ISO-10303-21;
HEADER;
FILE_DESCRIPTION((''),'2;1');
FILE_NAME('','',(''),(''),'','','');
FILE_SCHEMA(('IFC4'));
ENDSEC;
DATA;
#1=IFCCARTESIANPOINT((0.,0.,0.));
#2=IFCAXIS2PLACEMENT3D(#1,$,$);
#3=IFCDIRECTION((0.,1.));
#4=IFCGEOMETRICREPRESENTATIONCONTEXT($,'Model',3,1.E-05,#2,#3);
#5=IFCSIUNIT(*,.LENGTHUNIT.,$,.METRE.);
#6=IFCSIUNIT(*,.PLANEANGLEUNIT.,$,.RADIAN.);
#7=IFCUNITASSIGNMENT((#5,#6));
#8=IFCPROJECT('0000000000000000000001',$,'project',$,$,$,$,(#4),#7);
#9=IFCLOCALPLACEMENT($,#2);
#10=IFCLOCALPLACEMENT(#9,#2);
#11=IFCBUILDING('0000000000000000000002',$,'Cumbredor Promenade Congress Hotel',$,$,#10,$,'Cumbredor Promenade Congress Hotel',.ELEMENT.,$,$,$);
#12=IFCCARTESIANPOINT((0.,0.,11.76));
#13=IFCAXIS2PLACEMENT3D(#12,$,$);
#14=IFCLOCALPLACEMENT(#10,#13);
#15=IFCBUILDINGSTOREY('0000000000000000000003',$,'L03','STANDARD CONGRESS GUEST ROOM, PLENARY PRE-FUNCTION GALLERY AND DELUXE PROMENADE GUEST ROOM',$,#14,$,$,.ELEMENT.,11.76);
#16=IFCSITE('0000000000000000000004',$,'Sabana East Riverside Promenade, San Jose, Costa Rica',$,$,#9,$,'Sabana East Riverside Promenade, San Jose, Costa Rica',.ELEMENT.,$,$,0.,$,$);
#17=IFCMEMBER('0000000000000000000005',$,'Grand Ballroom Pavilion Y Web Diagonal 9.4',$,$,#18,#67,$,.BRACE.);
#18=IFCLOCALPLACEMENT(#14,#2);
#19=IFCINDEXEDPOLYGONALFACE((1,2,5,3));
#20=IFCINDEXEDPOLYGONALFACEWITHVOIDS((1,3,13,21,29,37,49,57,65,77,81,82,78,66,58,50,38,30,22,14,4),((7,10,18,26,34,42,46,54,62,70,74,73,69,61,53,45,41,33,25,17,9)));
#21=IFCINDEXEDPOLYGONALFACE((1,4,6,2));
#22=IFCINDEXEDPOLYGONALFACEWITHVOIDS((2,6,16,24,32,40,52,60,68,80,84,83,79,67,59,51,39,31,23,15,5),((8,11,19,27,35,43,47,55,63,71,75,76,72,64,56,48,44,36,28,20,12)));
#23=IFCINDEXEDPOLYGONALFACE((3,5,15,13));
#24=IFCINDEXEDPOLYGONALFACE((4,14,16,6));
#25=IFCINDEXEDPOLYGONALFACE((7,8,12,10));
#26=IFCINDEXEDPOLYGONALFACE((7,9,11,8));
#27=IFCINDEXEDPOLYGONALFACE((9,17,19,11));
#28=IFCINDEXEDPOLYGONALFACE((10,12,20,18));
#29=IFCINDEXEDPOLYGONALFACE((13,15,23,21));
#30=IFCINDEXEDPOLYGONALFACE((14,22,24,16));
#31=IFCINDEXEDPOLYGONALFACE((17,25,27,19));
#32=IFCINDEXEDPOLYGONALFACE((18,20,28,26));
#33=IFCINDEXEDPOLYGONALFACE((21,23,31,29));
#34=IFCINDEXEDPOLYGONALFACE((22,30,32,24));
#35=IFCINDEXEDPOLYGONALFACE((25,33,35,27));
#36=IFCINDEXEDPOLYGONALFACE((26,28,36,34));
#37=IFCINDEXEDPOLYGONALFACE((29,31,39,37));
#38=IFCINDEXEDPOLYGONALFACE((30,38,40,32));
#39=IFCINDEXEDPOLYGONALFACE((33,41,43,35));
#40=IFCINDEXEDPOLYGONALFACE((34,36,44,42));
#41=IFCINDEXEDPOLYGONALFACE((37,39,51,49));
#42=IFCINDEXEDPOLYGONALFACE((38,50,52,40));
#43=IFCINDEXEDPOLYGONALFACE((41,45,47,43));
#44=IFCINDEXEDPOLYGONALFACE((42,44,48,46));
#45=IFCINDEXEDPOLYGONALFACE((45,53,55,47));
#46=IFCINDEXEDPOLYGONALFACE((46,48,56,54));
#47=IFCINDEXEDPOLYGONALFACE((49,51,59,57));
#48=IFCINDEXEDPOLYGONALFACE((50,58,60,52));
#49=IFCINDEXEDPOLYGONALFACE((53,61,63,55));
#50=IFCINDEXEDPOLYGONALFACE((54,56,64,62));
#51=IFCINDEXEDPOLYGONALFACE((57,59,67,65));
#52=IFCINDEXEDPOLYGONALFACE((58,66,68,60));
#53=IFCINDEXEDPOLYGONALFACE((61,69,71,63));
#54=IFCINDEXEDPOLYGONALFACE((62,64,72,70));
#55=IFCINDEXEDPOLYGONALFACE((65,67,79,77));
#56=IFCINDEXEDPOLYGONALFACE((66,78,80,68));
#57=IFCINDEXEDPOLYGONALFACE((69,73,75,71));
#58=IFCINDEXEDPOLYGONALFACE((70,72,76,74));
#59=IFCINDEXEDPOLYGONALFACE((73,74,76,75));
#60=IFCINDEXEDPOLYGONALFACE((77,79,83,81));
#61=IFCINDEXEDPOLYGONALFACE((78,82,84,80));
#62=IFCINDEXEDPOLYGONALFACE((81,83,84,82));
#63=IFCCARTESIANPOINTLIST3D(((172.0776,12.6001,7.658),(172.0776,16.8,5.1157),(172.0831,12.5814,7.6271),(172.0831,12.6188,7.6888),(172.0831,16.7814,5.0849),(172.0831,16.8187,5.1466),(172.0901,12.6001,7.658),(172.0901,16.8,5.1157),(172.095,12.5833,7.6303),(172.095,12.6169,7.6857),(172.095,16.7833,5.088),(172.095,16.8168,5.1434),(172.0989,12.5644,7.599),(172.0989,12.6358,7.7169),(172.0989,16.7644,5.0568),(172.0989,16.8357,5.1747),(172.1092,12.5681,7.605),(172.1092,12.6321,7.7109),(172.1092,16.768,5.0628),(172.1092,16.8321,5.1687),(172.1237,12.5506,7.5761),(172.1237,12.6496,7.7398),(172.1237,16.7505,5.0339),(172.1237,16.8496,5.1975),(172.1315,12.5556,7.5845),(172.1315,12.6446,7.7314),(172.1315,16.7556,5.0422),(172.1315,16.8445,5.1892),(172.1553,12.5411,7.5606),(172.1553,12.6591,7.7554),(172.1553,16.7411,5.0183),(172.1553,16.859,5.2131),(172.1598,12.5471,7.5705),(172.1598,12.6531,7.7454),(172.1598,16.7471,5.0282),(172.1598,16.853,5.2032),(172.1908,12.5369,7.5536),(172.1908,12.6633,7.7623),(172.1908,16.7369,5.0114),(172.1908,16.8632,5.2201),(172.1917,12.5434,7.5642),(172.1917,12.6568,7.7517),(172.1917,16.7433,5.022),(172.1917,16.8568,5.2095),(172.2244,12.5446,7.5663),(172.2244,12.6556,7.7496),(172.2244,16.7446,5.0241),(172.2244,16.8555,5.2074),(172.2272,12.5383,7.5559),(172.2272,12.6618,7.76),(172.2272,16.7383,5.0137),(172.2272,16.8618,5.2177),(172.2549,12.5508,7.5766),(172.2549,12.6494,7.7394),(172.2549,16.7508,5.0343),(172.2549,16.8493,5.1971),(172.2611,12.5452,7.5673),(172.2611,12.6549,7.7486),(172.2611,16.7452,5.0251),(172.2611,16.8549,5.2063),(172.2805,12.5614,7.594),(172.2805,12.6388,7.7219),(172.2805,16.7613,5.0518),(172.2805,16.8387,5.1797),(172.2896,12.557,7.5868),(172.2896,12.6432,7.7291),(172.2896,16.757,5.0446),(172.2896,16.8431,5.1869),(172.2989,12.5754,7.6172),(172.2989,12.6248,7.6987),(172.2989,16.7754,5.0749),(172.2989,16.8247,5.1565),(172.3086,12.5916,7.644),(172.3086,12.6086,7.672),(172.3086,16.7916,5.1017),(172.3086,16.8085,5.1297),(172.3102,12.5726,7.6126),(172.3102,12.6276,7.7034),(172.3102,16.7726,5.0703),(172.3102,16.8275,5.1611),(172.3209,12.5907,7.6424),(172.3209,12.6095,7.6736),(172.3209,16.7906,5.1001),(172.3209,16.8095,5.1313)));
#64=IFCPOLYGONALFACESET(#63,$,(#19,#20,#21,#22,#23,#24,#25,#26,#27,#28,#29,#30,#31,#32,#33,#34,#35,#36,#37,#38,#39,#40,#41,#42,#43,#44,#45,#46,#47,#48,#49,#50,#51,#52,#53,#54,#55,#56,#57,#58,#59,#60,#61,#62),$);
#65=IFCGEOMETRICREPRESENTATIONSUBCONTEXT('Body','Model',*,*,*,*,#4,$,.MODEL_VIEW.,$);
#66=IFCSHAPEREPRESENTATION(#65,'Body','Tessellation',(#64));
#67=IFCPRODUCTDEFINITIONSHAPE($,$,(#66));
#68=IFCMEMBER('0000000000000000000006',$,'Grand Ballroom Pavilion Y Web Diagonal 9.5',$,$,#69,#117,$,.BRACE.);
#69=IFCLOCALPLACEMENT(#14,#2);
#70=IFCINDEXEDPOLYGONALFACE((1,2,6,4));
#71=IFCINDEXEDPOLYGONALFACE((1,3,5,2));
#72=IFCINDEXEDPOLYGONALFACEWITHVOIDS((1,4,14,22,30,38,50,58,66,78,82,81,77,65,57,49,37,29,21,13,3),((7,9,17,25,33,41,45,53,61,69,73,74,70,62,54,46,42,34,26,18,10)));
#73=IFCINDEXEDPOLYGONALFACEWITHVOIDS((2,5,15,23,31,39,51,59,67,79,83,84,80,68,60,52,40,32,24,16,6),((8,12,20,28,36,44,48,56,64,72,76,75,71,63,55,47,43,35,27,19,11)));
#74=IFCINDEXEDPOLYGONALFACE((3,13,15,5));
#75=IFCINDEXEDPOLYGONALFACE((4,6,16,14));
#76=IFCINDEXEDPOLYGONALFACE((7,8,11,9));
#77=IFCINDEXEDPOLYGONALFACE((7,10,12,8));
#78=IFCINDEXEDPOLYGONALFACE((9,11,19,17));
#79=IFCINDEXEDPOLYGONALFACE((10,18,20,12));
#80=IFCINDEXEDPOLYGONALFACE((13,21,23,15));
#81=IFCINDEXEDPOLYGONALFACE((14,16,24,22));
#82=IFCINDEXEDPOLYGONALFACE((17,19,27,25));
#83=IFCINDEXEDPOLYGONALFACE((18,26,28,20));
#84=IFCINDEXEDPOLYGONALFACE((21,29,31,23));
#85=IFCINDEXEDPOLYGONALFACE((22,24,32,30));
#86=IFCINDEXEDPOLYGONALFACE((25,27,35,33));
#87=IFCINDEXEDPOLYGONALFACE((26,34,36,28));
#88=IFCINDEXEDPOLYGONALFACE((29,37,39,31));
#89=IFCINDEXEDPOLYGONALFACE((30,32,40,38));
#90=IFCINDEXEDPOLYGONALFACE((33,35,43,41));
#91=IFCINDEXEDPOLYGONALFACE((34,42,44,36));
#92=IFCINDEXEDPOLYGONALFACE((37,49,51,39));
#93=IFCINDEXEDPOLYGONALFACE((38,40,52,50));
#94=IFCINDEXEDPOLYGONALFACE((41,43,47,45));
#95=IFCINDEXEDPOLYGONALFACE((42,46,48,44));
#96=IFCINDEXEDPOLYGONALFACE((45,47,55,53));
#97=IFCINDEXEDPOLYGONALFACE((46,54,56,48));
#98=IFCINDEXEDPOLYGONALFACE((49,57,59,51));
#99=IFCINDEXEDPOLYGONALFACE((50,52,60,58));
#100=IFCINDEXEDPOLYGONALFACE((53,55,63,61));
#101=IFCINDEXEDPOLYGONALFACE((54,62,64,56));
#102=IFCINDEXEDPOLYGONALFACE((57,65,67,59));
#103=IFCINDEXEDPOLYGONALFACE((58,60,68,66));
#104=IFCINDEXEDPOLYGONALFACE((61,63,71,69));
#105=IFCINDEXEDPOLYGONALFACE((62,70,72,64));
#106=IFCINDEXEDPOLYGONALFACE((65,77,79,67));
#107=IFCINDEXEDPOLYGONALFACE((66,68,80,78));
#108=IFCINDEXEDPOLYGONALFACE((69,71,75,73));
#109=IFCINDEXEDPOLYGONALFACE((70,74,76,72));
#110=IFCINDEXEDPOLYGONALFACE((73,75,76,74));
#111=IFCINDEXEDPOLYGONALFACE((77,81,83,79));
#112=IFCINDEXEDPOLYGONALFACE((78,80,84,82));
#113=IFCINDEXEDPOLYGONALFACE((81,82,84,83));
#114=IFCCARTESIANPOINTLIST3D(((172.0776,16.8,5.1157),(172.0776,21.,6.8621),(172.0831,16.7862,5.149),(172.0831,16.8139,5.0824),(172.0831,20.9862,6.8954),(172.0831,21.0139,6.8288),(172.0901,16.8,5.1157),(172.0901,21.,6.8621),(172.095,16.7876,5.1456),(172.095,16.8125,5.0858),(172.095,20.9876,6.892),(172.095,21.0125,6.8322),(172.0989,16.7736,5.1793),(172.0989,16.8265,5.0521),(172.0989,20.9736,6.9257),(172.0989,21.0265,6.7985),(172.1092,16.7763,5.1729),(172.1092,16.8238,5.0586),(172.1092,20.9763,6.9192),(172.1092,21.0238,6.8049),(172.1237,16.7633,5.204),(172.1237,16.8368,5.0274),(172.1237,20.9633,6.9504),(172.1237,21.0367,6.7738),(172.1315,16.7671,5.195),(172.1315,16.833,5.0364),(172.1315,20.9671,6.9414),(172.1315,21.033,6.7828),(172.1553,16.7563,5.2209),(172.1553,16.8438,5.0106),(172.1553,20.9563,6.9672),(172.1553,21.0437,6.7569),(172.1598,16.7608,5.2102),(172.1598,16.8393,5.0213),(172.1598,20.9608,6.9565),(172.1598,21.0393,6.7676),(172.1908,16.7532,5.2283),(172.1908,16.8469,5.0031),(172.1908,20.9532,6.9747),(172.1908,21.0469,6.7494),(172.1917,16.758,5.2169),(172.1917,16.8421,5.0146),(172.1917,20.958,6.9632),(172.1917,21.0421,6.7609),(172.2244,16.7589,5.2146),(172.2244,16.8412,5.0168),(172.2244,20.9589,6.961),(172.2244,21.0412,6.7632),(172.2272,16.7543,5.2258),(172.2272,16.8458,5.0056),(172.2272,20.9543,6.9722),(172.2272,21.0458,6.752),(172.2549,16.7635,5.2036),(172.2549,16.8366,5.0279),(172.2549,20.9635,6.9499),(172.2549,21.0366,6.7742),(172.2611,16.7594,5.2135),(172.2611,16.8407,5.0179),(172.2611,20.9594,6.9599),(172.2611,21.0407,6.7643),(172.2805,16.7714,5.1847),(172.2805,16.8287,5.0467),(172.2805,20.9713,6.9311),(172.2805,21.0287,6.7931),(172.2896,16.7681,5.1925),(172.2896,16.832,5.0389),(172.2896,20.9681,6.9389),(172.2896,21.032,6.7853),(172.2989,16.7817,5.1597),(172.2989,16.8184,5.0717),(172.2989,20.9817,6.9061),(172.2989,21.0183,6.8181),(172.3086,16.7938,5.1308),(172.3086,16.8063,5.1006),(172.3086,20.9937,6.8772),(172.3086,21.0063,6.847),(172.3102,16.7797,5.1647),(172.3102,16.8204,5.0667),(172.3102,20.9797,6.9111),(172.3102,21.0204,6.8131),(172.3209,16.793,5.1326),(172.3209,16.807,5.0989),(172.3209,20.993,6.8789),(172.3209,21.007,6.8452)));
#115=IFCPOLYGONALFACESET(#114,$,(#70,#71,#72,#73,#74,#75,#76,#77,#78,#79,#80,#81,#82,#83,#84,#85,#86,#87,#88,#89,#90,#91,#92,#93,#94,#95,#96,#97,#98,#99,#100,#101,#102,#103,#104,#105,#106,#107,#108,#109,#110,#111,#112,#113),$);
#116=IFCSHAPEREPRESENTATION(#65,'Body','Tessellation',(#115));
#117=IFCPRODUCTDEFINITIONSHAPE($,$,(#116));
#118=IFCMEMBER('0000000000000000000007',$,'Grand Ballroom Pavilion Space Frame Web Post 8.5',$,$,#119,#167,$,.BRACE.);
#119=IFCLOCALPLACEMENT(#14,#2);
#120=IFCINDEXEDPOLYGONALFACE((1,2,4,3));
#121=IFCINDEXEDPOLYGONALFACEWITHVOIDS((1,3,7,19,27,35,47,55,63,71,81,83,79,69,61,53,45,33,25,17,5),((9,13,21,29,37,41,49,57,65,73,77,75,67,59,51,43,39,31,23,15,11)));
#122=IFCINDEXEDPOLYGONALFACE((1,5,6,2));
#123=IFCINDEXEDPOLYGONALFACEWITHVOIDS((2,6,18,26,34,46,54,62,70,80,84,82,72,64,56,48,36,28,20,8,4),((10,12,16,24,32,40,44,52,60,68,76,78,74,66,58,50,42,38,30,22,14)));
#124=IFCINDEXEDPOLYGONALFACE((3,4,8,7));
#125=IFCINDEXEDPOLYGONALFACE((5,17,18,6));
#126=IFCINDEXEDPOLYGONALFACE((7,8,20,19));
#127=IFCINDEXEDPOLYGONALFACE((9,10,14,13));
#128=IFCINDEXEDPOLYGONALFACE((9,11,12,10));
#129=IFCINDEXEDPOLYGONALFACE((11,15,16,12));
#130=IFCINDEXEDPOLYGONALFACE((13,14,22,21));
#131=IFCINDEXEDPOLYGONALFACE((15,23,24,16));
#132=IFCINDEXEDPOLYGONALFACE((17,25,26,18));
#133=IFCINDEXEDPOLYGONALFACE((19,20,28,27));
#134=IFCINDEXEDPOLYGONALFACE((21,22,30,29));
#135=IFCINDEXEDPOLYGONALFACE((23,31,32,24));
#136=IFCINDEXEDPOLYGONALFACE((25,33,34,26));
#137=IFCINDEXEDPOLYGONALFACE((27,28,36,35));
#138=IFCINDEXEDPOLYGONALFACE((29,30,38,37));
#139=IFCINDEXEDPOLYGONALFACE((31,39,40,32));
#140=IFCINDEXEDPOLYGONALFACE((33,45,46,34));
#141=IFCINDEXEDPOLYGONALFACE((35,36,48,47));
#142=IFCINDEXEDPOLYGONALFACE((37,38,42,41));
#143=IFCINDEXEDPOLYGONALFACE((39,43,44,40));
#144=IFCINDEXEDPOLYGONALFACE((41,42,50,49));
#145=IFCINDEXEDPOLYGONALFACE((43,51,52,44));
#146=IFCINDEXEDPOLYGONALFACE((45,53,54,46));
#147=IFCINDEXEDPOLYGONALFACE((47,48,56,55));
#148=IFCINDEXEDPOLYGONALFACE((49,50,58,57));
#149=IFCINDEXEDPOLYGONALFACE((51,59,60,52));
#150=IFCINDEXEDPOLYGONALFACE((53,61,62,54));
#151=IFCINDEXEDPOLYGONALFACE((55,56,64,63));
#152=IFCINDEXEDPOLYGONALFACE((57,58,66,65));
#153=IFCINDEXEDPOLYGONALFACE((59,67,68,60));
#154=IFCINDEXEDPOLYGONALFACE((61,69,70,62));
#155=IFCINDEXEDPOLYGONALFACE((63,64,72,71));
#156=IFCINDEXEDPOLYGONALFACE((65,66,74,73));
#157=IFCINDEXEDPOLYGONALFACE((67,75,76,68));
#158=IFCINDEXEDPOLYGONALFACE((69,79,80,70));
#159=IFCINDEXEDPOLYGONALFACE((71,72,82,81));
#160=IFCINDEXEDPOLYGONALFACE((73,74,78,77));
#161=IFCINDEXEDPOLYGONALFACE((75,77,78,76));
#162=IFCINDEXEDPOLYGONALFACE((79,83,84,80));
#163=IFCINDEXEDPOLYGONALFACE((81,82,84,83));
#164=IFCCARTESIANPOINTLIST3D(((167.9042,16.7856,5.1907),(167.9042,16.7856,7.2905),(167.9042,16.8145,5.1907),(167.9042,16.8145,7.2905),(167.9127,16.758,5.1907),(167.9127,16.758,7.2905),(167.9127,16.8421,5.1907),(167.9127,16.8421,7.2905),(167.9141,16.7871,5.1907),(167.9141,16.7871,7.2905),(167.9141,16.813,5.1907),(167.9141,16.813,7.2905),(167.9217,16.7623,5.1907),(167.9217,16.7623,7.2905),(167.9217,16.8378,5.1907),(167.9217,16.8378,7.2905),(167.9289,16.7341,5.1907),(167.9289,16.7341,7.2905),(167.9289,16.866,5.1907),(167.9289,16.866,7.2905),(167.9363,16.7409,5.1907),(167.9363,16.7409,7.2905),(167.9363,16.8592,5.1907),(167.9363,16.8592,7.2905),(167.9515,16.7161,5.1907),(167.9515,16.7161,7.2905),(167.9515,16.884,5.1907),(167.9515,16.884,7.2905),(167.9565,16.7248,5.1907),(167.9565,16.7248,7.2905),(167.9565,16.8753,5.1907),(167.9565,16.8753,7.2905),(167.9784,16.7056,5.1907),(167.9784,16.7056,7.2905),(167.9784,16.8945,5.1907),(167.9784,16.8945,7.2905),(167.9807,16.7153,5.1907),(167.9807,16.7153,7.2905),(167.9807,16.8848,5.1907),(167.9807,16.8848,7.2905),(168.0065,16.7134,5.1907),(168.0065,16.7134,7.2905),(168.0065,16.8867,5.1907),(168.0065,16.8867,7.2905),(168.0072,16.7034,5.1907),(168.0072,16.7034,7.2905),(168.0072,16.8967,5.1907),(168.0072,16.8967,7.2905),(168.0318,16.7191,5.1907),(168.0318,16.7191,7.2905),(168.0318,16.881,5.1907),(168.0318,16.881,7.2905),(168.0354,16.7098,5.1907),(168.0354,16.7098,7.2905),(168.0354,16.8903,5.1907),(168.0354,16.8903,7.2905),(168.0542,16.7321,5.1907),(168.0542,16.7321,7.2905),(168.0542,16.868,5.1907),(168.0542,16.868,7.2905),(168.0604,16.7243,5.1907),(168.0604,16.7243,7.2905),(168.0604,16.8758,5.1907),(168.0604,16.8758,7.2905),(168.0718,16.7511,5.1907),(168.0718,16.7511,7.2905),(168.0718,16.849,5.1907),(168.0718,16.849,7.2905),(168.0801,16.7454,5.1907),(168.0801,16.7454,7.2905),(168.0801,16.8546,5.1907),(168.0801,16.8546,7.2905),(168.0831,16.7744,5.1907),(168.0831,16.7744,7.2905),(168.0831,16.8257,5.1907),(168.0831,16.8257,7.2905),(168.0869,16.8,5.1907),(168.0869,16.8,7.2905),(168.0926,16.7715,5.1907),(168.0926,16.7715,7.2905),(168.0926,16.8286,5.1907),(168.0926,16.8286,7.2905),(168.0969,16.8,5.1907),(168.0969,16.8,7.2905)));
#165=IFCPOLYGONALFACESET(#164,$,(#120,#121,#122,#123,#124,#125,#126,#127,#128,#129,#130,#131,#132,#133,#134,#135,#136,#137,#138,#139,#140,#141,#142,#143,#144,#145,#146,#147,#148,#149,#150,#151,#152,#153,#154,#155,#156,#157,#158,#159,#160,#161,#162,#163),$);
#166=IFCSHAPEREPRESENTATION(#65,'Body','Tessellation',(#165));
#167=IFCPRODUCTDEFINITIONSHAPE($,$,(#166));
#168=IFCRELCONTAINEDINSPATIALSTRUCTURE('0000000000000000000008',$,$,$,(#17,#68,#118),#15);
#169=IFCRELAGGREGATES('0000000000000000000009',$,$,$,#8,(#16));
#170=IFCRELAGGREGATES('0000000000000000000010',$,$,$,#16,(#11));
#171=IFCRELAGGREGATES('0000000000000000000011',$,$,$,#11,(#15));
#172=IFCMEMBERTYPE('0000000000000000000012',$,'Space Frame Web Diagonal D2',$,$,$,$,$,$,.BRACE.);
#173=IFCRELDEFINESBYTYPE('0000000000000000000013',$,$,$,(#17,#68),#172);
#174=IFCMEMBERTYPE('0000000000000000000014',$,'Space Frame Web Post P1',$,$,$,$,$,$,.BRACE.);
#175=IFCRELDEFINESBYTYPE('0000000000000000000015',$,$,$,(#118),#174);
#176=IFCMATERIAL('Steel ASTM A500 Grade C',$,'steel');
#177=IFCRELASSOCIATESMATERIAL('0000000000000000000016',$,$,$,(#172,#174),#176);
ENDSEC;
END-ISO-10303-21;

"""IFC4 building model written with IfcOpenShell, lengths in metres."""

from ifc_helpers import new_model, si_unit, direction, frame, origin, origin_2d, place, context, subcontext, project, spatial, hollow_circle, extrude, material, material_profile, profile_set, type_object, element, save


model = new_model("IFC4")

# Units and contexts
model_context = context("Model", 3, precision=1e-05, world=origin(), true_north=direction((0.0, 1.0)))
body_context = subcontext(model_context, "Body", "Model", "MODEL_VIEW")
ifc_project = project(units=[si_unit("LENGTHUNIT", "METRE"), si_unit("PLANEANGLEUNIT", "RADIAN")], contexts=[model_context])

# Site, building, storey
site_placement = place(None, origin())
site = spatial("IfcSite", under=ifc_project, at=site_placement, Name="Sabana East Riverside Promenade, San Jose, Costa Rica", LongName="Sabana East Riverside Promenade, San Jose, Costa Rica", CompositionType="ELEMENT", RefElevation=0.0)
building_placement = place(site_placement, origin())
building = spatial("IfcBuilding", under=site, at=building_placement, Name="Cumbredor Promenade Congress Hotel", LongName="Cumbredor Promenade Congress Hotel", CompositionType="ELEMENT")
storey_placement = place(building_placement, frame((0.0, 0.0, 11.76)))
storey = spatial("IfcBuildingStorey", under=building, at=storey_placement, Name="L03", Description="STANDARD CONGRESS GUEST ROOM, PLENARY PRE-FUNCTION GALLERY AND DELUXE PROMENADE GUEST ROOM", CompositionType="ELEMENT", Elevation=11.76)

# Shared definitions
ifc_material_1 = material(Name="Steel ASTM A500 Grade C", Category="steel")

# Members
ifc_material_profile_1 = material_profile(ifc_material_1, hollow_circle(Radius=0.1223, WallThickness=0.0125, at=origin_2d()), Name="CHS 244.5x12.5")
ifc_profile_set_1 = profile_set([ifc_material_profile_1], Name="Steel ASTM A500 Grade C")
member_type_1 = type_object("IfcMemberType", Name="Space Frame Web Diagonal D2", PredefinedType="BRACE", material=ifc_profile_set_1)
member_1_placement = place(storey_placement, frame((172.2, 12.6001, 7.658), z_axis=(0.0, 0.855486, -0.517827), x_axis=(-1.0, 0.0, 0.0)))
element("IfcMember", 1, at=member_1_placement, inside=storey, type_object=member_type_1, Name="Grand Ballroom Pavilion Y Web Diagonal 9.4", PredefinedType="BRACE", context=body_context, shape_type="SweptSolid", body=[
    extrude(hollow_circle(Radius=0.1223, WallThickness=0.0125, at=origin_2d()), origin(), (0.0, 0.0, 1.0), 4.9094),
])
member_2_placement = place(storey_placement, frame((172.2, 16.8, 5.1157), z_axis=(0.0, 0.923361, 0.383933), x_axis=(-1.0, 0.0, 0.0)))
element("IfcMember", 2, at=member_2_placement, inside=storey, type_object=member_type_1, Name="Grand Ballroom Pavilion Y Web Diagonal 9.5", PredefinedType="BRACE", context=body_context, shape_type="SweptSolid", body=[
    extrude(hollow_circle(Radius=0.1223, WallThickness=0.0125, at=origin_2d()), origin(), (0.0, 0.0, 1.0), 4.5486),
])
ifc_material_profile_2 = material_profile(ifc_material_1, hollow_circle(Radius=0.0969, WallThickness=0.01, at=origin_2d()), Name="CHS 193.7x10")
ifc_profile_set_2 = profile_set([ifc_material_profile_2], Name="Steel ASTM A500 Grade C")
member_type_2 = type_object("IfcMemberType", Name="Space Frame Web Post P1", PredefinedType="BRACE", material=ifc_profile_set_2)
for number, where, z_axis, x_axis, name in (
    (3, (168.0, 16.8, 5.1907), (0.0, 0.0, 1.0), (1.0, 0.0, 0.0), "Grand Ballroom Pavilion Space Frame Web Post 8.5"),
):
    element("IfcMember", number, at=place(storey_placement, frame(where, z_axis=z_axis, x_axis=x_axis)), inside=storey, type_object=member_type_2, Name=name, PredefinedType="BRACE", context=body_context, shape_type="SweptSolid", body=[
        extrude(hollow_circle(Radius=0.0969, WallThickness=0.01, at=origin_2d()), origin(), (0.0, 0.0, 1.0), 2.0999),
    ])

save(model, "model.ifc")
